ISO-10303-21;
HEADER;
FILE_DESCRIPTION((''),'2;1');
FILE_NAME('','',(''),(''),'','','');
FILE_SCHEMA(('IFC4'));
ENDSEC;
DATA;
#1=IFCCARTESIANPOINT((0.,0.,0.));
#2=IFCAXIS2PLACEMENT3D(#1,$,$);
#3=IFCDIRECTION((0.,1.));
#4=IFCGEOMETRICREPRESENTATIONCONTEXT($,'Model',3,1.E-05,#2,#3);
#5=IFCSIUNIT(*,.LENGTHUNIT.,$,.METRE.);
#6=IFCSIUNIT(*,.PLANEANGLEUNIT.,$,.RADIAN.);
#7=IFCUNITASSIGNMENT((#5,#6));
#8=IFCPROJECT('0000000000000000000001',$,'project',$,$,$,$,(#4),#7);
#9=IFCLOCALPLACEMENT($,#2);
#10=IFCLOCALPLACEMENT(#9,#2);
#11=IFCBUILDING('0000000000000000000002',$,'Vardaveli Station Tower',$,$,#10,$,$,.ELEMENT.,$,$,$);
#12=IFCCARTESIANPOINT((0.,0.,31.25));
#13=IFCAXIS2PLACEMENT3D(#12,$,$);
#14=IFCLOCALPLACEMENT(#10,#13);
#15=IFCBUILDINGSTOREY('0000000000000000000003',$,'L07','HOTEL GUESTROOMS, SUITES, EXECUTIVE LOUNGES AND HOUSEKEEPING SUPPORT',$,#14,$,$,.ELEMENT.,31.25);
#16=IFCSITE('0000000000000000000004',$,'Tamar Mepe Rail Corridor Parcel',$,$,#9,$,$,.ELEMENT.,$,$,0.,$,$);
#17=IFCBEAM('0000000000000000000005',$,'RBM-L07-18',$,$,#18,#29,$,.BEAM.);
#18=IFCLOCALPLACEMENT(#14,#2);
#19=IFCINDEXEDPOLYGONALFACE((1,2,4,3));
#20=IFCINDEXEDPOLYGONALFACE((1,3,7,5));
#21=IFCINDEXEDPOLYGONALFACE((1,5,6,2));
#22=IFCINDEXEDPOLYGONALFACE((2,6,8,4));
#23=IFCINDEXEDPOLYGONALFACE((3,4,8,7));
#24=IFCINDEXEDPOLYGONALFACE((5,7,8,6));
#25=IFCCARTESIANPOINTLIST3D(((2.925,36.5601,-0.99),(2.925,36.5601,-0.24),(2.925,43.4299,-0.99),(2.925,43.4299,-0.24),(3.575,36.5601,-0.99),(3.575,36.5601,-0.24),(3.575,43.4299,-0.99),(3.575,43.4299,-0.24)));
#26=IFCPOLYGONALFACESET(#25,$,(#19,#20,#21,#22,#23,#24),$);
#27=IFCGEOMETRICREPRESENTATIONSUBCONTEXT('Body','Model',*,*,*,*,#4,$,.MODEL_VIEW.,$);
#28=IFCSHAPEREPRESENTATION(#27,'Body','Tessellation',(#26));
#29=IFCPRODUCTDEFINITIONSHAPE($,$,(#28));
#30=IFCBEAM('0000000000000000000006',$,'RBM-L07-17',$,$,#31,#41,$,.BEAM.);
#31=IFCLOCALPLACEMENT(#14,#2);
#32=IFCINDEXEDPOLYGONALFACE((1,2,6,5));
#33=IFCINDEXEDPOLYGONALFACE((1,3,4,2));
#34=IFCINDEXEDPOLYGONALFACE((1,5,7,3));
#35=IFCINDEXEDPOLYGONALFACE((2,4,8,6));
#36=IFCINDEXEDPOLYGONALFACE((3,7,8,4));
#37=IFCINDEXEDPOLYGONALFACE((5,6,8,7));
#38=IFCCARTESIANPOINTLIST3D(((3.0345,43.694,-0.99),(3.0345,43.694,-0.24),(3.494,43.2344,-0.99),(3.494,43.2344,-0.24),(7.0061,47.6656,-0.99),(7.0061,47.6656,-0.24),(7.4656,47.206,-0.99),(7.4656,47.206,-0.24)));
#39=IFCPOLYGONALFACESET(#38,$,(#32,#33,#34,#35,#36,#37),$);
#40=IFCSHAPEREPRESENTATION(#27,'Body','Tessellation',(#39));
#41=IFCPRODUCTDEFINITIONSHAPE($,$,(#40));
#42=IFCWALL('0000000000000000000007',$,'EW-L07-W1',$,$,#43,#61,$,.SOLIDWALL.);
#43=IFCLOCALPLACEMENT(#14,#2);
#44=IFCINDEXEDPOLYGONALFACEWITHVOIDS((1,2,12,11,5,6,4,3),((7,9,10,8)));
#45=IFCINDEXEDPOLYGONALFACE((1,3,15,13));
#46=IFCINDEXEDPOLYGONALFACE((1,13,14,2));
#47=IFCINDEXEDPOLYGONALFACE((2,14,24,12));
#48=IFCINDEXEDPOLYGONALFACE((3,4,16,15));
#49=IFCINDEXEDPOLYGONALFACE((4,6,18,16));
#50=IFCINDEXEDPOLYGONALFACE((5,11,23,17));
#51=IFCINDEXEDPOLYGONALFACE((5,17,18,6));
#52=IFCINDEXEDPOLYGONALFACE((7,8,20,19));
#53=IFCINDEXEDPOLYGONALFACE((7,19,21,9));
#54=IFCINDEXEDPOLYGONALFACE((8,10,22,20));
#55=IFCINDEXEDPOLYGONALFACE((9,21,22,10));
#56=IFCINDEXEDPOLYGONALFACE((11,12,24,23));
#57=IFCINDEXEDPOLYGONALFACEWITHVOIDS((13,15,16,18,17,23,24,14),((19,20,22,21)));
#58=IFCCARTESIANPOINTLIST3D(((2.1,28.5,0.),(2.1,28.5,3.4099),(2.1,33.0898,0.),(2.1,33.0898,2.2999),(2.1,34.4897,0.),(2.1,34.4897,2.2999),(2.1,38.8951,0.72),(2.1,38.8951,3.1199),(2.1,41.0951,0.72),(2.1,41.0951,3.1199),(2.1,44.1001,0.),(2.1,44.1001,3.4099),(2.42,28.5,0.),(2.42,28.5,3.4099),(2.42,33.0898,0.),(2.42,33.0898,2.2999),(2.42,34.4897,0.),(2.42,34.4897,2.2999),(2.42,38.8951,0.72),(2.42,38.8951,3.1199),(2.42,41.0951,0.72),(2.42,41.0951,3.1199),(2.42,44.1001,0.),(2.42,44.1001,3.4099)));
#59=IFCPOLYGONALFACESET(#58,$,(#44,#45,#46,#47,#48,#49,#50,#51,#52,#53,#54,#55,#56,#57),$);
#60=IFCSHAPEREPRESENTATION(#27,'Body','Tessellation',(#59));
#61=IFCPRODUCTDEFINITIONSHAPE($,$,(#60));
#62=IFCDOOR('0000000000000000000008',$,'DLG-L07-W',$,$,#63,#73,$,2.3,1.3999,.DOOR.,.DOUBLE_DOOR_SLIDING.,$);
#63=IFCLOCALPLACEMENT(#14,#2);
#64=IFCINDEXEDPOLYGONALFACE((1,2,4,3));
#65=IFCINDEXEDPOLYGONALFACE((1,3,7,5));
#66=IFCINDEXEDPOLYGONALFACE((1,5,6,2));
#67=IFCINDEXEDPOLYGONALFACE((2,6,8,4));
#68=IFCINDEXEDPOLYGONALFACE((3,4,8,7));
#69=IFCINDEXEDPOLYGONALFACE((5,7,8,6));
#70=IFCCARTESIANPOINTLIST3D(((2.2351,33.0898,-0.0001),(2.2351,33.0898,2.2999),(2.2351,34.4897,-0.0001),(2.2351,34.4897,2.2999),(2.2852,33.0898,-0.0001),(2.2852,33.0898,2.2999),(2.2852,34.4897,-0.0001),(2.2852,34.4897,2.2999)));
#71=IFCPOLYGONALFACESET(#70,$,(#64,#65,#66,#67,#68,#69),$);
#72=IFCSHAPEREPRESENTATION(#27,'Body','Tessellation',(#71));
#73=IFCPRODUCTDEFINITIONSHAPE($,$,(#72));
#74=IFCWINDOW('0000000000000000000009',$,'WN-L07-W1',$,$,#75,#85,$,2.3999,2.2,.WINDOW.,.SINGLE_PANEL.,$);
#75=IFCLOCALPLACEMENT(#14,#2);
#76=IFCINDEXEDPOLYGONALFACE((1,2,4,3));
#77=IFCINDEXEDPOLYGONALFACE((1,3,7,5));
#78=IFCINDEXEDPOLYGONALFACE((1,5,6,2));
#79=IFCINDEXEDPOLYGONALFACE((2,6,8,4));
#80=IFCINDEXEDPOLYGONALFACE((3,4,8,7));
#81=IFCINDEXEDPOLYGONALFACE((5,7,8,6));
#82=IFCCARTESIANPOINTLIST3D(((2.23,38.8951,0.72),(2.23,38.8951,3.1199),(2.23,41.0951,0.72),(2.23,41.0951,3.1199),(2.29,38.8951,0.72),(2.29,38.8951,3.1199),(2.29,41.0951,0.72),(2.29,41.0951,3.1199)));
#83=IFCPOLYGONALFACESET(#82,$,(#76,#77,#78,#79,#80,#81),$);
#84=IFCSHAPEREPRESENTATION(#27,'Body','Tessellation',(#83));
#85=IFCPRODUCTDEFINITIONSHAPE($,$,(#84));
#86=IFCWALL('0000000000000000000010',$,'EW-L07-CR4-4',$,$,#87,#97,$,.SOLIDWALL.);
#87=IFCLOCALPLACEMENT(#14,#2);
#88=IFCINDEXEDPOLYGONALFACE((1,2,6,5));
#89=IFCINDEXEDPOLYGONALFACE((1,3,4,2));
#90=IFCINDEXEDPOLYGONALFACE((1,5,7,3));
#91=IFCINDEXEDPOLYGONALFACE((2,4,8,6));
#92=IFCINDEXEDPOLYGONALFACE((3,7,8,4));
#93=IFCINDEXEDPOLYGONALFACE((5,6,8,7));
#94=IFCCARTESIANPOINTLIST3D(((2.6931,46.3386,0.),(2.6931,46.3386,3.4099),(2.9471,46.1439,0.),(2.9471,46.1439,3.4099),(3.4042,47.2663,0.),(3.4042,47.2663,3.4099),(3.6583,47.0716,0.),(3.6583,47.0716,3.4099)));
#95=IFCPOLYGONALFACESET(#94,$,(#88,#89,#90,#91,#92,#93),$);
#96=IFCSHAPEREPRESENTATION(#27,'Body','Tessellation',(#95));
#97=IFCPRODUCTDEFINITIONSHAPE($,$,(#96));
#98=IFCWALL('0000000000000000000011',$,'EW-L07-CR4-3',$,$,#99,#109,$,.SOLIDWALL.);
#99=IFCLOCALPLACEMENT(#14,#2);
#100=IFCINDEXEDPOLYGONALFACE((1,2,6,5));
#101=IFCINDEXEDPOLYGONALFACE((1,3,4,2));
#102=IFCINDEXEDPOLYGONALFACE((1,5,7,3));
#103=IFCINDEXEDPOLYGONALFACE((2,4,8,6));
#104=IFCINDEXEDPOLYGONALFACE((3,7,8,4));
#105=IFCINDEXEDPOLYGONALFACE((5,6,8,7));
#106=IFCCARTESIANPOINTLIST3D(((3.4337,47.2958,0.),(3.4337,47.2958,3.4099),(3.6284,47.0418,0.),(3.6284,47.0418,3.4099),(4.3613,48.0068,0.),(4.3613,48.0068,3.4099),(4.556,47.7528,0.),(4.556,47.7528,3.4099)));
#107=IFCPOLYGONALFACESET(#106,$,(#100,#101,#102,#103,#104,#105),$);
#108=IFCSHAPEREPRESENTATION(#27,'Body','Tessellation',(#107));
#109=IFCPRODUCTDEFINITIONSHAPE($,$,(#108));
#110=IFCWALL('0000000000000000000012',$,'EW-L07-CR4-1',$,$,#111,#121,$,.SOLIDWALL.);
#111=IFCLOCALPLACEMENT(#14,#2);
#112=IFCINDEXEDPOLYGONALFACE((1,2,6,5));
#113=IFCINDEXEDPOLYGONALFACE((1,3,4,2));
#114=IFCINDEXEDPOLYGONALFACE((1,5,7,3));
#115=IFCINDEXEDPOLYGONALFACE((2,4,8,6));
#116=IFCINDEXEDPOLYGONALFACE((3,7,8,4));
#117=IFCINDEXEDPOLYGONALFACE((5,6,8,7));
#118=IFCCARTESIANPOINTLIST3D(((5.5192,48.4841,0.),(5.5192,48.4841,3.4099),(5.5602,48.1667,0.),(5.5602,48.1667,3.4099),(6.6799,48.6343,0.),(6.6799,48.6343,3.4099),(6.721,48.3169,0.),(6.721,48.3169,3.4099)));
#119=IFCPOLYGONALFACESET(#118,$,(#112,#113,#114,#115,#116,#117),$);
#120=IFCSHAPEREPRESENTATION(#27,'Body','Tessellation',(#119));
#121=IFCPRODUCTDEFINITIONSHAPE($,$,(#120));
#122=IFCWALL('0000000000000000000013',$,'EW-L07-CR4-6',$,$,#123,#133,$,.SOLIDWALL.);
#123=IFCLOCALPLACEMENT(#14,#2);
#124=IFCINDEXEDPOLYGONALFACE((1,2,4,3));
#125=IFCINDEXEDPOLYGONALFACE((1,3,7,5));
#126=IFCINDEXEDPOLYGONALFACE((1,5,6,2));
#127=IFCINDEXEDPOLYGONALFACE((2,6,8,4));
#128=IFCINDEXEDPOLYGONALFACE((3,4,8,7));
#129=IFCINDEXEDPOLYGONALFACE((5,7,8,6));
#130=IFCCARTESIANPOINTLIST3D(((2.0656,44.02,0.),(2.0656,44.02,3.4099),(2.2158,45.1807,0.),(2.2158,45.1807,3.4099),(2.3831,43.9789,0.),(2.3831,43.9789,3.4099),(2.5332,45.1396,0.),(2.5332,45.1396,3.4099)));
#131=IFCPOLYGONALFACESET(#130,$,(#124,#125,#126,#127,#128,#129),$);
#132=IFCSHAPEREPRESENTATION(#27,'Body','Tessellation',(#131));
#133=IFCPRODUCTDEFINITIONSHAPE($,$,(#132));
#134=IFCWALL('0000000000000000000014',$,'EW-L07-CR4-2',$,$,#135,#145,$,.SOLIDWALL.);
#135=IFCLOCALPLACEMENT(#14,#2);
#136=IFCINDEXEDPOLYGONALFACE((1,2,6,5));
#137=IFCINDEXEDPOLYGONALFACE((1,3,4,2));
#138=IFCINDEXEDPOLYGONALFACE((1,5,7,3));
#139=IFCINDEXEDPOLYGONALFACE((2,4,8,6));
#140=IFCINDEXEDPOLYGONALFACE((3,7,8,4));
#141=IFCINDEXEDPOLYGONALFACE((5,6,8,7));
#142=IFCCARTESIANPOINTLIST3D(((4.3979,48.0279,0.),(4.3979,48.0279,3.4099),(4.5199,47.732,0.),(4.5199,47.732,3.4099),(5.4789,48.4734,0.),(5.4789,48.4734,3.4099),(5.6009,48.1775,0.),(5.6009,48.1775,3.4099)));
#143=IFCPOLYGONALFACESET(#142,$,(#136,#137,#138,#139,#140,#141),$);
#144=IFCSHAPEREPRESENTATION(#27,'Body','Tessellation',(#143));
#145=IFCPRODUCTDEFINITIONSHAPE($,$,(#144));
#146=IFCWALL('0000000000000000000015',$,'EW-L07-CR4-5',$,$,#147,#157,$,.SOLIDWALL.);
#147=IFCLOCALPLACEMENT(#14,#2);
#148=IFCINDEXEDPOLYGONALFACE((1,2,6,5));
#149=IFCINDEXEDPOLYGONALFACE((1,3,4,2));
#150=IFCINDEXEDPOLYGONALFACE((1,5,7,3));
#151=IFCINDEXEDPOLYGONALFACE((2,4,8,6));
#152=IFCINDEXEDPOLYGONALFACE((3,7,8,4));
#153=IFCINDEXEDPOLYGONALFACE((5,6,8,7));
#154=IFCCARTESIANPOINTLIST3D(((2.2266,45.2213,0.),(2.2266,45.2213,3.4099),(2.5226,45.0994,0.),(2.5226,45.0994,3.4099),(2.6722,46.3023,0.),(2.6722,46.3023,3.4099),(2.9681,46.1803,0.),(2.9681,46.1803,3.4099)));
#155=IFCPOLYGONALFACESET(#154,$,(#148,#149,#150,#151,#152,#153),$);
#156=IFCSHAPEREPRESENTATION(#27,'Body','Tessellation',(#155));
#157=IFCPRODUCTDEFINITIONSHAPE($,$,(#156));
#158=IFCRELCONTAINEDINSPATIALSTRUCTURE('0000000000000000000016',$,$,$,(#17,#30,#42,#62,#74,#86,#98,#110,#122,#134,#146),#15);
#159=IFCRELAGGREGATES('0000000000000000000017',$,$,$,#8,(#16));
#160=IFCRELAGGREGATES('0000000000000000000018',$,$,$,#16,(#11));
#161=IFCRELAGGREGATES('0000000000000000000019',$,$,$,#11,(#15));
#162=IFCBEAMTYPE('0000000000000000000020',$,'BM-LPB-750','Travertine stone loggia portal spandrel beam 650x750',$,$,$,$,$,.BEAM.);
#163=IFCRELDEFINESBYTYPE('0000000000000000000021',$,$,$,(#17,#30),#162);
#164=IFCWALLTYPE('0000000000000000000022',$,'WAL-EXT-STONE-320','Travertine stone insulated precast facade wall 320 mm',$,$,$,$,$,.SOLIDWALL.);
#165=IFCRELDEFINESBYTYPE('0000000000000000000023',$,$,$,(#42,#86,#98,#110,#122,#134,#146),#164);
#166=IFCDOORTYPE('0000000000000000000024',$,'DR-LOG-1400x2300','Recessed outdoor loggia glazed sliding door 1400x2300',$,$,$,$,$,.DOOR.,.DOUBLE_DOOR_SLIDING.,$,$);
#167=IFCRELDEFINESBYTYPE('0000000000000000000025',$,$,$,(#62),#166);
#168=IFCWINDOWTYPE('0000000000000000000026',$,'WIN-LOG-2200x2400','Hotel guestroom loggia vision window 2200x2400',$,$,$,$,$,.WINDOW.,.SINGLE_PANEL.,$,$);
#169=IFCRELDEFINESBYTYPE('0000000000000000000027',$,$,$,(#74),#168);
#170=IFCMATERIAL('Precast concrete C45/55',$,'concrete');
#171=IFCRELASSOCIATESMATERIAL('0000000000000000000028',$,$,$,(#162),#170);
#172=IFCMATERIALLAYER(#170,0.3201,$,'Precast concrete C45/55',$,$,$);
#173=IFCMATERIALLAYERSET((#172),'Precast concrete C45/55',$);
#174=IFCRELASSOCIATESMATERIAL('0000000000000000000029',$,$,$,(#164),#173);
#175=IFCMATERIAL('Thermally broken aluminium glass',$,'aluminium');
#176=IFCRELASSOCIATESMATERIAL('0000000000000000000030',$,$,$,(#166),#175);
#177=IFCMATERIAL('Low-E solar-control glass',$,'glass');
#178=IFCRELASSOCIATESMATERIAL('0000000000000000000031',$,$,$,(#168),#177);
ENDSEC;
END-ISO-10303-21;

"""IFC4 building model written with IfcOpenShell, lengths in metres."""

from ifc_helpers import new_model, si_unit, direction, frame, frame_2d, origin, origin_2d, place, context, subcontext, project, spatial, rectangle, extrude, source, transform, mapped, material, layer, layer_set, material_profile, profile_set, type_object, element, fill, save


model = new_model("IFC4")

# Units and contexts
model_context = context("Model", 3, precision=1e-05, world=origin(), true_north=direction((0.0, 1.0)))
body_context = subcontext(model_context, "Body", "Model", "MODEL_VIEW")
ifc_project = project(units=[si_unit("LENGTHUNIT", "METRE"), si_unit("PLANEANGLEUNIT", "RADIAN")], contexts=[model_context])

# Site, building, storey
site_placement = place(None, origin())
site = spatial("IfcSite", under=ifc_project, at=site_placement, Name="Tamar Mepe Rail Corridor Parcel", CompositionType="ELEMENT", RefElevation=0.0)
building_placement = place(site_placement, origin())
building = spatial("IfcBuilding", under=site, at=building_placement, Name="Vardaveli Station Tower", CompositionType="ELEMENT")
storey_placement = place(building_placement, frame((0.0, 0.0, 31.25)))
storey = spatial("IfcBuildingStorey", under=building, at=storey_placement, Name="L07", Description="HOTEL GUESTROOMS, SUITES, EXECUTIVE LOUNGES AND HOUSEKEEPING SUPPORT", CompositionType="ELEMENT", Elevation=31.25)

# Beams
ifc_material_1 = material(Name="Precast concrete C45/55", Category="concrete")
ifc_material_profile_1 = material_profile(ifc_material_1, rectangle(XDim=0.6499, YDim=0.75, at=origin_2d()), Name="LPB 650x750")
ifc_profile_set_1 = profile_set([ifc_material_profile_1], Name="Precast concrete C45/55")
beam_type = type_object("IfcBeamType", Name="BM-LPB-750", Description="Travertine stone loggia portal spandrel beam 650x750", PredefinedType="BEAM", material=ifc_profile_set_1)
shared_shape_1 = source(origin(), body_context, "Body", "SweptSolid", [
    extrude(rectangle(XDim=0.6499, YDim=0.75, at=origin_2d()), origin(), (0.0, 0.0, 1.0), 6.8699),
])
for number, where, z_axis, x_axis, name in (
    (1, (3.25, 43.4299, -0.615), (0.0, -1.0, 0.0), (1.0, 0.0, 0.0), "RBM-L07-18"),
):
    element("IfcBeam", number, at=place(storey_placement, frame(where, z_axis=z_axis, x_axis=x_axis)), inside=storey, type_object=beam_type, Name=name, PredefinedType="BEAM", context=body_context, shape_type="MappedRepresentation", body=[
        mapped(shared_shape_1, transform((0.0, 0.0, 0.0), scale=1.0)),
    ])
shared_shape_2 = source(origin(), body_context, "Body", "SweptSolid", [
    extrude(rectangle(XDim=0.6499, YDim=0.75, at=origin_2d()), origin(), (0.0, 0.0, 1.0), 5.6167),
])
beam_1_placement = place(storey_placement, frame((7.2358, 47.4358, -0.615), z_axis=(-0.707107, -0.707107, 0.0), x_axis=(0.707107, -0.707107, 0.0)))
element("IfcBeam", 2, at=beam_1_placement, inside=storey, type_object=beam_type, Name="RBM-L07-17", PredefinedType="BEAM", context=body_context, shape_type="MappedRepresentation", body=[
    mapped(shared_shape_2, transform((0.0, 0.0, 0.0), scale=1.0)),
])

# Wall, openings, door, window
ifc_layer_1 = layer(ifc_material_1, 0.3201, Name="Precast concrete C45/55")
ifc_layer_set_1 = layer_set([ifc_layer_1], Name="Precast concrete C45/55")
wall_type_1 = type_object("IfcWallType", Name="WAL-EXT-STONE-320", Description="Travertine stone insulated precast facade wall 320 mm", PredefinedType="SOLIDWALL", material=ifc_layer_set_1)
shared_shape_3 = source(origin(), body_context, "Body", "SweptSolid", [
    extrude(rectangle(XDim=15.6001, YDim=0.3201, at=frame_2d((7.8, 0.0))), origin(), (0.0, 0.0, 1.0), 3.4099),
])
wall_1_placement = place(storey_placement, frame((2.26, 44.1001, 0.0), z_axis=(0.0, 0.0, 1.0), x_axis=(0.0, -1.0, 0.0)))
wall_1 = element("IfcWall", 3, at=wall_1_placement, inside=storey, type_object=wall_type_1, Name="EW-L07-W1", PredefinedType="SOLIDWALL", context=body_context, shape_type="MappedRepresentation", body=[
    mapped(shared_shape_3, transform((0.0, 0.0, 0.0), scale=1.0)),
])
shared_shape_4 = source(origin(), body_context, "Body", "SweptSolid", [
    extrude(rectangle(XDim=1.3999, YDim=2.3, at=frame_2d((0.7, 1.1499))), frame((0.0, 0.1699, 0.0), z_axis=(0.0, -1.0, 0.0), x_axis=(1.0, 0.0, 0.0)), (0.0, 0.0, 1.0), 0.3401),
])
opening_1_placement = place(wall_1_placement, frame((9.6104, 0.0, 0.0)))
opening_1 = element("IfcOpeningElement", 4, at=opening_1_placement, cuts=wall_1, PredefinedType="OPENING", context=body_context, shape_type="MappedRepresentation", body=[
    mapped(shared_shape_4, transform((0.0, 0.0, 0.0), scale=1.0)),
])
shared_shape_5 = source(origin(), body_context, "Body", "SweptSolid", [
    extrude(rectangle(XDim=2.2, YDim=2.3999, at=frame_2d((1.1001, 1.2))), frame((0.0, 0.1699, 0.0), z_axis=(0.0, -1.0, 0.0), x_axis=(1.0, 0.0, 0.0)), (0.0, 0.0, 1.0), 0.3401),
])
opening_2_placement = place(wall_1_placement, frame((3.0049, 0.0, 0.72)))
opening_2 = element("IfcOpeningElement", 5, at=opening_2_placement, cuts=wall_1, PredefinedType="OPENING", context=body_context, shape_type="MappedRepresentation", body=[
    mapped(shared_shape_5, transform((0.0, 0.0, 0.0), scale=1.0)),
])
ifc_material_2 = material(Name="Thermally broken aluminium glass", Category="aluminium")
door_type_1 = type_object("IfcDoorType", Name="DR-LOG-1400x2300", Description="Recessed outdoor loggia glazed sliding door 1400x2300", OperationType="DOUBLE_DOOR_SLIDING", PredefinedType="DOOR", material=ifc_material_2)
shared_shape_6 = source(origin(), body_context, "Body", "SweptSolid", [
    extrude(rectangle(XDim=1.3999, YDim=2.3, at=frame_2d((0.7, 1.1499))), frame((0.0, 0.0249, 0.0), z_axis=(0.0, -1.0, 0.0), x_axis=(1.0, 0.0, 0.0)), (0.0, 0.0, 1.0), 0.05),
])
door_1_placement = place(opening_1_placement, frame((1.3999, 0.0, 0.0), z_axis=(0.0, 0.0, 1.0), x_axis=(-1.0, 0.0, 0.0)))
door_1 = element("IfcDoor", 6, at=door_1_placement, inside=storey, type_object=door_type_1, Name="DLG-L07-W", OperationType="DOUBLE_DOOR_SLIDING", OverallHeight=2.3, OverallWidth=1.3999, PredefinedType="DOOR", context=body_context, shape_type="MappedRepresentation", body=[
    mapped(shared_shape_6, transform((0.0, 0.0, 0.0), scale=1.0)),
])
fill(opening_1, door_1)
ifc_material_3 = material(Name="Low-E solar-control glass", Category="glass")
window_type = type_object("IfcWindowType", Name="WIN-LOG-2200x2400", Description="Hotel guestroom loggia vision window 2200x2400", PartitioningType="SINGLE_PANEL", PredefinedType="WINDOW", material=ifc_material_3)
shared_shape_7 = source(origin(), body_context, "Body", "SweptSolid", [
    extrude(rectangle(XDim=2.2, YDim=2.3999, at=frame_2d((1.1001, 1.2))), frame((0.0, 0.03, 0.0), z_axis=(0.0, -1.0, 0.0), x_axis=(1.0, 0.0, 0.0)), (0.0, 0.0, 1.0), 0.0601),
])
window_placement = place(opening_2_placement, origin())
window = element("IfcWindow", 7, at=window_placement, inside=storey, type_object=window_type, Name="WN-L07-W1", OverallHeight=2.3999, OverallWidth=2.2, PartitioningType="SINGLE_PANEL", PredefinedType="WINDOW", context=body_context, shape_type="MappedRepresentation", body=[
    mapped(shared_shape_7, transform((0.0, 0.0, 0.0), scale=1.0)),
])
fill(opening_2, window)

# Walls
shared_shape_8 = source(origin(), body_context, "Body", "SweptSolid", [
    extrude(rectangle(XDim=1.1689, YDim=0.3201, at=frame_2d((0.5845, 0.0))), origin(), (0.0, 0.0, 1.0), 3.4099),
])
wall_2_placement = place(storey_placement, frame((3.5312, 47.1689, 0.0), z_axis=(0.0, 0.0, 1.0), x_axis=(-0.608388, -0.79364, 0.0)))
element("IfcWall", 8, at=wall_2_placement, inside=storey, type_object=wall_type_1, Name="EW-L07-CR4-4", PredefinedType="SOLIDWALL", context=body_context, shape_type="MappedRepresentation", body=[
    mapped(shared_shape_8, transform((0.0, 0.0, 0.0), scale=1.0)),
])
shared_shape_9 = source(origin(), body_context, "Body", "SweptSolid", [
    extrude(rectangle(XDim=1.1687, YDim=0.3201, at=frame_2d((0.5845, 0.0))), origin(), (0.0, 0.0, 1.0), 3.4099),
])
wall_3_placement = place(storey_placement, frame((4.4587, 47.8799, 0.0), z_axis=(0.0, 0.0, 1.0), x_axis=(-0.793664, -0.608357, 0.0)))
element("IfcWall", 9, at=wall_3_placement, inside=storey, type_object=wall_type_1, Name="EW-L07-CR4-3", PredefinedType="SOLIDWALL", context=body_context, shape_type="MappedRepresentation", body=[
    mapped(shared_shape_9, transform((0.0, 0.0, 0.0), scale=1.0)),
])
shared_shape_10 = source(origin(), body_context, "Body", "SweptSolid", [
    extrude(rectangle(XDim=1.1704, YDim=0.3201, at=frame_2d((0.5852, 0.0))), origin(), (0.0, 0.0, 1.0), 3.4099),
])
for number, where, z_axis, x_axis, name in (
    (10, (6.7004, 48.4756, 0.0), (0.0, 0.0, 1.0), (-0.991736, -0.128296, 0.0), "EW-L07-CR4-1"),
    (11, (2.3745, 45.1602, 0.0), (0.0, 0.0, 1.0), (-0.128296, -0.991736, 0.0), "EW-L07-CR4-6"),
):
    element("IfcWall", number, at=place(storey_placement, frame(where, z_axis=z_axis, x_axis=x_axis)), inside=storey, type_object=wall_type_1, Name=name, PredefinedType="SOLIDWALL", context=body_context, shape_type="MappedRepresentation", body=[
        mapped(shared_shape_10, transform((0.0, 0.0, 0.0), scale=1.0)),
    ])
shared_shape_11 = source(origin(), body_context, "Body", "SweptSolid", [
    extrude(rectangle(XDim=1.1692, YDim=0.3201, at=frame_2d((0.5845, 0.0))), origin(), (0.0, 0.0, 1.0), 3.4099),
])
for number, where, z_axis, x_axis, name in (
    (12, (5.5398, 48.3254, 0.0), (0.0, 0.0, 1.0), (-0.924553, -0.381054, 0.0), "EW-L07-CR4-2"),
    (13, (2.8201, 46.2412, 0.0), (0.0, 0.0, 1.0), (-0.381054, -0.924553, 0.0), "EW-L07-CR4-5"),
):
    element("IfcWall", number, at=place(storey_placement, frame(where, z_axis=z_axis, x_axis=x_axis)), inside=storey, type_object=wall_type_1, Name=name, PredefinedType="SOLIDWALL", context=body_context, shape_type="MappedRepresentation", body=[
        mapped(shared_shape_11, transform((0.0, 0.0, 0.0), scale=1.0)),
    ])

save(model, "model.ifc")
